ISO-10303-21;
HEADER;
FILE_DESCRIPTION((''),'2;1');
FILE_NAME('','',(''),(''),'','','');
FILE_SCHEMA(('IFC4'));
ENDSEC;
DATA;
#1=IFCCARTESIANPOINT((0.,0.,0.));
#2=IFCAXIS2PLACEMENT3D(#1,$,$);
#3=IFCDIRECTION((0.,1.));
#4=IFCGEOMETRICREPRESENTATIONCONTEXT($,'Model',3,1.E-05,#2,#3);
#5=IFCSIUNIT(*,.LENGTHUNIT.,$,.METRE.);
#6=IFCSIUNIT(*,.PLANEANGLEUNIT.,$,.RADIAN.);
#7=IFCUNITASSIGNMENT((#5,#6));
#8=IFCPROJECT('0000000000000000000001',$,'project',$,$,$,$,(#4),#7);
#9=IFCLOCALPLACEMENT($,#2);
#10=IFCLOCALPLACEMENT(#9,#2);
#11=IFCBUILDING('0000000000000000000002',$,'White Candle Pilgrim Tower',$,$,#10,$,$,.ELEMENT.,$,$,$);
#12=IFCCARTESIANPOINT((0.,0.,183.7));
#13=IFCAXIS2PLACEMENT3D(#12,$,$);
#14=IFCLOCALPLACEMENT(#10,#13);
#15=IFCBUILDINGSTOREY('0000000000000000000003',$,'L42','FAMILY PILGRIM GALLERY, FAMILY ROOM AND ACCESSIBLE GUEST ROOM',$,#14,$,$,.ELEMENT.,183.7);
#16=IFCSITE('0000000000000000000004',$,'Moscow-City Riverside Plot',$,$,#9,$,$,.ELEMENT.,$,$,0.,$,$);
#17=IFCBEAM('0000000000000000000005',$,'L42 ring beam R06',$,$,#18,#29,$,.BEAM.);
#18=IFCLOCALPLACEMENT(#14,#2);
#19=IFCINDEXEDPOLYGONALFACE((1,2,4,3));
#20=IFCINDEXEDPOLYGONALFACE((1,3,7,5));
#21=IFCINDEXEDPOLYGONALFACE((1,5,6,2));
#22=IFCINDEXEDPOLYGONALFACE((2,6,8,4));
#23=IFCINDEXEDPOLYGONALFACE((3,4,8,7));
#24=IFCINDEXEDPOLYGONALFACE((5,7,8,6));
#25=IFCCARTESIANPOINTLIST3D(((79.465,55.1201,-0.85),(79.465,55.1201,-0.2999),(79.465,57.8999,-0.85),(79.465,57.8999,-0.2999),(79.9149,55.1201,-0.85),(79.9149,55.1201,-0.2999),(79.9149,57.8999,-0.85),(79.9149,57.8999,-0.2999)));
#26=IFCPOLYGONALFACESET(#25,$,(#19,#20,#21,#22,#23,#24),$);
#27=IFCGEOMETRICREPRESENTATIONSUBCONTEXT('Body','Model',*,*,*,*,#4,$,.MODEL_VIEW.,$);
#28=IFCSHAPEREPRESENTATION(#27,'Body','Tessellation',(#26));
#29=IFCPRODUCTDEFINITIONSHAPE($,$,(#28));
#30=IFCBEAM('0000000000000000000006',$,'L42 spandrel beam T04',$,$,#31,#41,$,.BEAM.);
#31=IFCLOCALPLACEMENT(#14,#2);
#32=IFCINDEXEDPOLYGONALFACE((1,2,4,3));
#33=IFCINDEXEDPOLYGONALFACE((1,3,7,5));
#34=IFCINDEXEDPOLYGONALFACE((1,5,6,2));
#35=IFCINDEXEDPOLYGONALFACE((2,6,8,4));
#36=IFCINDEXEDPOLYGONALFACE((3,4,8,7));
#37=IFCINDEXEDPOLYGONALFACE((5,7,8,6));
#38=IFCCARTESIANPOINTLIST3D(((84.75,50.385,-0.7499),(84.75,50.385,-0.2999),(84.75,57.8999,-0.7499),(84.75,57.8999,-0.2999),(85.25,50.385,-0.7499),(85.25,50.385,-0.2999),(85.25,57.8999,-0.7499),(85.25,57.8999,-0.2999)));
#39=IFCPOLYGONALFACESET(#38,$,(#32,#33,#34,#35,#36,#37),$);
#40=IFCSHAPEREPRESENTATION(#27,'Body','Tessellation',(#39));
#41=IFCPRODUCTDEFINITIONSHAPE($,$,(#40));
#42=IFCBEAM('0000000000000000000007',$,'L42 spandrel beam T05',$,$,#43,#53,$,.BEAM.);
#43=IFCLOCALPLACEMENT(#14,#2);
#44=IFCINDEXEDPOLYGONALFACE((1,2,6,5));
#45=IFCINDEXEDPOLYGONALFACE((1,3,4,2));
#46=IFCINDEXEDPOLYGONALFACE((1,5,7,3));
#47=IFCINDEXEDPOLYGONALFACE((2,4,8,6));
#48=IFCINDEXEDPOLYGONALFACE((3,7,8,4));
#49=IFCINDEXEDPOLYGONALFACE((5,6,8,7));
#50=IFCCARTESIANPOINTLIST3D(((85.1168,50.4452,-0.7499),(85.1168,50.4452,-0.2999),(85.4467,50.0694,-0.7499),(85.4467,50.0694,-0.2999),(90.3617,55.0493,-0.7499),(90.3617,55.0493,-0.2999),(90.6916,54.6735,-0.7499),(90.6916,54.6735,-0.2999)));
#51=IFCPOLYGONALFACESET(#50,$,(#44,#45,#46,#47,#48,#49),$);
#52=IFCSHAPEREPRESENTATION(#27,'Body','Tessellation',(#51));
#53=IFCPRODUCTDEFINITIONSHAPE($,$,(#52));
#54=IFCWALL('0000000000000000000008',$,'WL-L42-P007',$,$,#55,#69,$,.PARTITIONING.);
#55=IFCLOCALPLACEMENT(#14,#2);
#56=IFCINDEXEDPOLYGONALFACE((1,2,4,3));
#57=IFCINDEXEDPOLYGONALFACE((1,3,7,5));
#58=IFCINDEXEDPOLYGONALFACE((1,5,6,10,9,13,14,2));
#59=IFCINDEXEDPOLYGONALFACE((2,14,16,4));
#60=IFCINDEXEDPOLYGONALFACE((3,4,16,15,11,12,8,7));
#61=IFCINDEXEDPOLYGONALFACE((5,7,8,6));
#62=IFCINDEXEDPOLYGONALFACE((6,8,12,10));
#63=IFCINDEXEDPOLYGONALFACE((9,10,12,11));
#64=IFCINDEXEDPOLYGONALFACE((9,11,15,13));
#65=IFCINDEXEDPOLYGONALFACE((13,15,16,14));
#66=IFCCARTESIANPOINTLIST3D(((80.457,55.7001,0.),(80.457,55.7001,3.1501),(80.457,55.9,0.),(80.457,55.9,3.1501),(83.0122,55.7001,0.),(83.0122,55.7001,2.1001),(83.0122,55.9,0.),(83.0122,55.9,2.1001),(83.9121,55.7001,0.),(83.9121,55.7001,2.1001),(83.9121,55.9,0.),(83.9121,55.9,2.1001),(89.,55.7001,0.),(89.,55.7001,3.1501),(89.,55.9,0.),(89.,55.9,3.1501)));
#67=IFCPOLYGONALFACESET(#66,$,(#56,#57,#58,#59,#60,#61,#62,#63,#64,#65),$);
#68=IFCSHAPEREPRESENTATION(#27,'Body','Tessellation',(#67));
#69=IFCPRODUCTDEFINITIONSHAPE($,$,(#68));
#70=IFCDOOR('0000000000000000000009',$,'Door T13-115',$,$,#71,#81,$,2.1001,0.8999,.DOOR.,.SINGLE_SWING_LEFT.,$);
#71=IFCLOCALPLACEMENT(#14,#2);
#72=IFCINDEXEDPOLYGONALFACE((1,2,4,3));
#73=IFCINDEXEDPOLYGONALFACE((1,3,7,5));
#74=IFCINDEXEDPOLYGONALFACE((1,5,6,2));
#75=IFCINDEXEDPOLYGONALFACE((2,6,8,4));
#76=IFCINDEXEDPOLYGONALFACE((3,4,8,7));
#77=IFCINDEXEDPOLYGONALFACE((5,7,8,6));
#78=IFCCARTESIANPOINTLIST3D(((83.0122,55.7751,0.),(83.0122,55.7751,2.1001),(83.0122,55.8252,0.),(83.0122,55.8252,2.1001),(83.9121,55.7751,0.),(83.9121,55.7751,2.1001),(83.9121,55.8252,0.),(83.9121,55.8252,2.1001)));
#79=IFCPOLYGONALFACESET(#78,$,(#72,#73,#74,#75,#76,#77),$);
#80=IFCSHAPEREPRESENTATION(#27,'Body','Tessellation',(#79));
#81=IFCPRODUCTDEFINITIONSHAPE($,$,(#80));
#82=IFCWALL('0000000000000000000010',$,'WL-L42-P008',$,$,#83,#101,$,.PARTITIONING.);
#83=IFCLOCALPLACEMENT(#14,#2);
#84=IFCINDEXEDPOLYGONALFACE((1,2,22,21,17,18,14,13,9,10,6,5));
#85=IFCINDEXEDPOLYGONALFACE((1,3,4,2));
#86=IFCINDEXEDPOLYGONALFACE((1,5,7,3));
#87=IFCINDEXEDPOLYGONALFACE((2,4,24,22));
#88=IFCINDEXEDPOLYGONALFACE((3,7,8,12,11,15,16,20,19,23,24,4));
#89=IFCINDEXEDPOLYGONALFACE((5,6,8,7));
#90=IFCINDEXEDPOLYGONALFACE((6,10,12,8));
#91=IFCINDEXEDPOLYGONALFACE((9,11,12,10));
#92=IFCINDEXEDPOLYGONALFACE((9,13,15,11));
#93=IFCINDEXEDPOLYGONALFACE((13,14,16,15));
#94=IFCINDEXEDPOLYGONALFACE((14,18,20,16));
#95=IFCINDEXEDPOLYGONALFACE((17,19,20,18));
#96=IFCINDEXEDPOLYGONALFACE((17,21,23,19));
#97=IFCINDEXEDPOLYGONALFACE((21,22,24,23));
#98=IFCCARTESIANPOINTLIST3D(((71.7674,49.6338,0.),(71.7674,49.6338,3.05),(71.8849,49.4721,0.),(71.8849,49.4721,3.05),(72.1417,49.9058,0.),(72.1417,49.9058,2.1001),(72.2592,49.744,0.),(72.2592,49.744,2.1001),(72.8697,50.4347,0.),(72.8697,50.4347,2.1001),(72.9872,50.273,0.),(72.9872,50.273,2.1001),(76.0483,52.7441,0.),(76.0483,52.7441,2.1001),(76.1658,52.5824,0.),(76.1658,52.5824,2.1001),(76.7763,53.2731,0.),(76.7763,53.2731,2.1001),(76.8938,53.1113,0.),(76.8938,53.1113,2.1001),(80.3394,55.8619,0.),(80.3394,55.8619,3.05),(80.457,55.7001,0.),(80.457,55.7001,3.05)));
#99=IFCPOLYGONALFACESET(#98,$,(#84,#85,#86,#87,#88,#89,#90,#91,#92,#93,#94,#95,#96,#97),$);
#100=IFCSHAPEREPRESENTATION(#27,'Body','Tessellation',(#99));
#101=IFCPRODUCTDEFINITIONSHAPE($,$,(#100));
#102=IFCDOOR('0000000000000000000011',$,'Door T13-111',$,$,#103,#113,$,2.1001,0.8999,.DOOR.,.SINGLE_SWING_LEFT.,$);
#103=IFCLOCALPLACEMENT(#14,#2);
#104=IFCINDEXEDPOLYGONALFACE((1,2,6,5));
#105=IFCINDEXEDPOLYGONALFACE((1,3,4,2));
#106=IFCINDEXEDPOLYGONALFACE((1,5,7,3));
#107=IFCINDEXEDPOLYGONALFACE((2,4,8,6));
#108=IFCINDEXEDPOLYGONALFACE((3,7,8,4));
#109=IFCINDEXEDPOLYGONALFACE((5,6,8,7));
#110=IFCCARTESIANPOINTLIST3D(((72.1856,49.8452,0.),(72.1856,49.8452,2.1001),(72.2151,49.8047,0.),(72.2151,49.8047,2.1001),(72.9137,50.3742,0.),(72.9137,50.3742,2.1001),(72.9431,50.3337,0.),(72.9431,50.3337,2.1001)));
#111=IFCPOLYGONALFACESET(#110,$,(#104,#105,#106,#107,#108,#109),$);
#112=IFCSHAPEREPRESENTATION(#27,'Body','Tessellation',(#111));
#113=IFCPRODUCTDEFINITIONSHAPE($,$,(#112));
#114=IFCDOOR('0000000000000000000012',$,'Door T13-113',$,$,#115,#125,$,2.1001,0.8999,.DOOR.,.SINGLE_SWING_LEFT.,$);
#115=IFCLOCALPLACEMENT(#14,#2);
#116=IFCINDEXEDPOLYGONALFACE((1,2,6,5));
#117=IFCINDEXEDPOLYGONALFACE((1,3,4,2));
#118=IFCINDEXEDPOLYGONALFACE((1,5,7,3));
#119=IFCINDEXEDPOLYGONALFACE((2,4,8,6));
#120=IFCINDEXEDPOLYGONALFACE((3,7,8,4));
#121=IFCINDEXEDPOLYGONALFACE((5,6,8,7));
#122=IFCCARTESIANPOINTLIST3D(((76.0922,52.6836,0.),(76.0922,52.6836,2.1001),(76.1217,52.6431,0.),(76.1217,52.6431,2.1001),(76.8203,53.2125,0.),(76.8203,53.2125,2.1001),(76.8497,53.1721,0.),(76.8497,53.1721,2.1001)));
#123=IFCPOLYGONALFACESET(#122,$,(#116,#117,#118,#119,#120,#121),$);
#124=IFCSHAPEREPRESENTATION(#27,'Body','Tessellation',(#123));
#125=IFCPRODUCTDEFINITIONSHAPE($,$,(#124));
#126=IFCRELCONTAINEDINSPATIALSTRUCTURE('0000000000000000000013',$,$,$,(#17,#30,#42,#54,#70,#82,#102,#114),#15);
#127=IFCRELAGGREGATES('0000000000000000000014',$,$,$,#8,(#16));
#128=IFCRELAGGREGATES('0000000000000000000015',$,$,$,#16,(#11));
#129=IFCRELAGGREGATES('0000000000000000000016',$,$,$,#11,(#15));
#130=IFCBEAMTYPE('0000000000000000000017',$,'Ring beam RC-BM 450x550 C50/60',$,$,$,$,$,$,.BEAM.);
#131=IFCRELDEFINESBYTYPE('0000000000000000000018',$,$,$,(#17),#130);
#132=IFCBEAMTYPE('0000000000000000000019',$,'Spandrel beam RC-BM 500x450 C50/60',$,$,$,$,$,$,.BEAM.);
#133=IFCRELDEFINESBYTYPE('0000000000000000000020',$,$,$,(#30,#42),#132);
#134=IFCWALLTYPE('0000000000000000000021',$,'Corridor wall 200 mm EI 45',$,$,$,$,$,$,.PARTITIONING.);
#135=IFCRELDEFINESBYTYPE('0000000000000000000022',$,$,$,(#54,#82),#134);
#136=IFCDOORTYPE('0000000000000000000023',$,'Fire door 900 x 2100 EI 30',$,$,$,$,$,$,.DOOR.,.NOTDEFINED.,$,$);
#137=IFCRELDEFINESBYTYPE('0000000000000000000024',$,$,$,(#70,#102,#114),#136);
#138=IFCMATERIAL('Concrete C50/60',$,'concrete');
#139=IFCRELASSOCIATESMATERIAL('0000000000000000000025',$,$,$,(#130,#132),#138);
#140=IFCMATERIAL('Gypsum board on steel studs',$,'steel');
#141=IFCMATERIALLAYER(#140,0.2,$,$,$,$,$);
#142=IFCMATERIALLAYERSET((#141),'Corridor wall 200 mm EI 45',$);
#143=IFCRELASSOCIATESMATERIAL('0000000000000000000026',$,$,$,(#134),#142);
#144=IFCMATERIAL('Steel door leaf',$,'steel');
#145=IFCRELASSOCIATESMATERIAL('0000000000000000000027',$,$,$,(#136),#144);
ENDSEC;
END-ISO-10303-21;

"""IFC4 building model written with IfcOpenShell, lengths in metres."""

from ifc_helpers import new_model, si_unit, direction, frame, frame_2d, origin, origin_2d, place, context, subcontext, project, spatial, rectangle, extrude, material, layer, layer_set, material_profile, profile_set, type_object, element, fill, save


model = new_model("IFC4")

# Units and contexts
model_context = context("Model", 3, precision=1e-05, world=origin(), true_north=direction((0.0, 1.0)))
body_context = subcontext(model_context, "Body", "Model", "MODEL_VIEW")
ifc_project = project(units=[si_unit("LENGTHUNIT", "METRE"), si_unit("PLANEANGLEUNIT", "RADIAN")], contexts=[model_context])

# Site, building, storey
site_placement = place(None, origin())
site = spatial("IfcSite", under=ifc_project, at=site_placement, Name="Moscow-City Riverside Plot", CompositionType="ELEMENT", RefElevation=0.0)
building_placement = place(site_placement, origin())
building = spatial("IfcBuilding", under=site, at=building_placement, Name="White Candle Pilgrim Tower", CompositionType="ELEMENT")
storey_placement = place(building_placement, frame((0.0, 0.0, 183.7)))
storey = spatial("IfcBuildingStorey", under=building, at=storey_placement, Name="L42", Description="FAMILY PILGRIM GALLERY, FAMILY ROOM AND ACCESSIBLE GUEST ROOM", CompositionType="ELEMENT", Elevation=183.7)

# Beams
ifc_material_1 = material(Name="Concrete C50/60", Category="concrete")
ifc_material_profile_1 = material_profile(ifc_material_1, rectangle(XDim=0.45, YDim=0.55, at=origin_2d()), Name="RC-BM 450x550")
ifc_profile_set_1 = profile_set([ifc_material_profile_1], Name="Concrete C50/60")
beam_type_1 = type_object("IfcBeamType", Name="Ring beam RC-BM 450x550 C50/60", PredefinedType="BEAM", material=ifc_profile_set_1)
beam_1_placement = place(storey_placement, frame((79.6899, 55.1201, -0.575), z_axis=(0.0, 1.0, 0.0), x_axis=(-1.0, 0.0, 0.0)))
element("IfcBeam", 1, at=beam_1_placement, inside=storey, type_object=beam_type_1, Name="L42 ring beam R06", PredefinedType="BEAM", context=body_context, shape_type="SweptSolid", body=[
    extrude(rectangle(XDim=0.45, YDim=0.55, at=origin_2d()), origin(), (0.0, 0.0, 1.0), 2.7798),
])
ifc_material_profile_2 = material_profile(ifc_material_1, rectangle(XDim=0.5, YDim=0.45, at=origin_2d()), Name="RC-BM 500x450")
ifc_profile_set_2 = profile_set([ifc_material_profile_2], Name="Concrete C50/60")
beam_type_2 = type_object("IfcBeamType", Name="Spandrel beam RC-BM 500x450 C50/60", PredefinedType="BEAM", material=ifc_profile_set_2)
beam_2_placement = place(storey_placement, frame((85.0, 50.385, -0.5249), z_axis=(0.0, 1.0, 0.0), x_axis=(-1.0, 0.0, 0.0)))
element("IfcBeam", 2, at=beam_2_placement, inside=storey, type_object=beam_type_2, Name="L42 spandrel beam T04", PredefinedType="BEAM", context=body_context, shape_type="SweptSolid", body=[
    extrude(rectangle(XDim=0.5, YDim=0.45, at=origin_2d()), origin(), (0.0, 0.0, 1.0), 7.5149),
])
beam_3_placement = place(storey_placement, frame((85.2817, 50.2573, -0.5249), z_axis=(0.751529, 0.6597, 0.0), x_axis=(-0.6597, 0.751529, 0.0)))
element("IfcBeam", 3, at=beam_3_placement, inside=storey, type_object=beam_type_2, Name="L42 spandrel beam T05", PredefinedType="BEAM", context=body_context, shape_type="SweptSolid", body=[
    extrude(rectangle(XDim=0.5, YDim=0.45, at=origin_2d()), origin(), (0.0, 0.0, 1.0), 6.979),
])

# Wall, opening, door
ifc_material_2 = material(Name="Gypsum board on steel studs", Category="steel")
ifc_layer_1 = layer(ifc_material_2, 0.2)
ifc_layer_set_1 = layer_set([ifc_layer_1], Name="Corridor wall 200 mm EI 45")
wall_type_1 = type_object("IfcWallType", Name="Corridor wall 200 mm EI 45", PredefinedType="PARTITIONING", material=ifc_layer_set_1)
wall_1_placement = place(storey_placement, frame((89.0, 55.8, 0.0), z_axis=(0.0, 0.0, 1.0), x_axis=(-1.0, 0.0, 0.0)))
wall_1 = element("IfcWall", 4, at=wall_1_placement, inside=storey, type_object=wall_type_1, Name="WL-L42-P007", PredefinedType="PARTITIONING", context=body_context, shape_type="SweptSolid", body=[
    extrude(rectangle(XDim=8.543, YDim=0.2, at=frame_2d((4.2715, 0.0))), origin(), (0.0, 0.0, 1.0), 3.1501),
])
opening_1_placement = place(wall_1_placement, frame((5.0879, 0.0, 0.0)))
opening_1 = element("IfcOpeningElement", 5, at=opening_1_placement, cuts=wall_1, PredefinedType="OPENING", context=body_context, shape_type="SweptSolid", body=[
    extrude(rectangle(XDim=0.8999, YDim=2.1001, at=frame_2d((0.45, 1.05))), frame((0.0, 0.1099, 0.0), z_axis=(0.0, -1.0, 0.0), x_axis=(1.0, 0.0, 0.0)), (0.0, 0.0, 1.0), 0.22),
])
ifc_material_3 = material(Name="Steel door leaf", Category="steel")
door_type_1 = type_object("IfcDoorType", Name="Fire door 900 x 2100 EI 30", OperationType="NOTDEFINED", PredefinedType="DOOR", material=ifc_material_3)
door_1_placement = place(opening_1_placement, origin())
door_1 = element("IfcDoor", 6, at=door_1_placement, inside=storey, type_object=door_type_1, Name="Door T13-115", OperationType="SINGLE_SWING_LEFT", OverallHeight=2.1001, OverallWidth=0.8999, PredefinedType="DOOR", context=body_context, shape_type="SweptSolid", body=[
    extrude(rectangle(XDim=0.8999, YDim=2.1001, at=frame_2d((0.45, 1.05))), frame((0.0, 0.0249, 0.0), z_axis=(0.0, -1.0, 0.0), x_axis=(1.0, 0.0, 0.0)), (0.0, 0.0, 1.0), 0.05),
])
fill(opening_1, door_1)

# Wall, openings, doors
wall_2_placement = place(storey_placement, frame((80.3982, 55.781, 0.0), z_axis=(0.0, 0.0, 1.0), x_axis=(-0.809013, -0.587791, 0.0)))
wall_2 = element("IfcWall", 7, at=wall_2_placement, inside=storey, type_object=wall_type_1, Name="WL-L42-P008", PredefinedType="PARTITIONING", context=body_context, shape_type="SweptSolid", body=[
    extrude(rectangle(XDim=10.5957, YDim=0.2, at=frame_2d((5.2979, 0.0))), origin(), (0.0, 0.0, 1.0), 3.05),
])
opening_2_placement = place(wall_2_placement, frame((9.2332, 0.0, 0.0)))
opening_2 = element("IfcOpeningElement", 8, at=opening_2_placement, cuts=wall_2, PredefinedType="OPENING", context=body_context, shape_type="SweptSolid", body=[
    extrude(rectangle(XDim=0.8999, YDim=2.1001, at=frame_2d((0.45, 1.05))), frame((0.0, 0.1099, 0.0), z_axis=(0.0, -1.0, 0.0), x_axis=(1.0, 0.0, 0.0)), (0.0, 0.0, 1.0), 0.22),
])
opening_3_placement = place(wall_2_placement, frame((4.4043, 0.0, 0.0)))
opening_3 = element("IfcOpeningElement", 9, at=opening_3_placement, cuts=wall_2, PredefinedType="OPENING", context=body_context, shape_type="SweptSolid", body=[
    extrude(rectangle(XDim=0.8999, YDim=2.1001, at=frame_2d((0.45, 1.05))), frame((0.0, 0.1099, 0.0), z_axis=(0.0, -1.0, 0.0), x_axis=(1.0, 0.0, 0.0)), (0.0, 0.0, 1.0), 0.22),
])
door_2_placement = place(opening_2_placement, origin())
door_2 = element("IfcDoor", 10, at=door_2_placement, inside=storey, type_object=door_type_1, Name="Door T13-111", OperationType="SINGLE_SWING_LEFT", OverallHeight=2.1001, OverallWidth=0.8999, PredefinedType="DOOR", context=body_context, shape_type="SweptSolid", body=[
    extrude(rectangle(XDim=0.8999, YDim=2.1001, at=frame_2d((0.45, 1.05))), frame((0.0, 0.0249, 0.0), z_axis=(0.0, -1.0, 0.0), x_axis=(1.0, 0.0, 0.0)), (0.0, 0.0, 1.0), 0.05),
])
fill(opening_2, door_2)
door_3_placement = place(opening_3_placement, origin())
door_3 = element("IfcDoor", 11, at=door_3_placement, inside=storey, type_object=door_type_1, Name="Door T13-113", OperationType="SINGLE_SWING_LEFT", OverallHeight=2.1001, OverallWidth=0.8999, PredefinedType="DOOR", context=body_context, shape_type="SweptSolid", body=[
    extrude(rectangle(XDim=0.8999, YDim=2.1001, at=frame_2d((0.45, 1.05))), frame((0.0, 0.0249, 0.0), z_axis=(0.0, -1.0, 0.0), x_axis=(1.0, 0.0, 0.0)), (0.0, 0.0, 1.0), 0.05),
])
fill(opening_3, door_3)

save(model, "model.ifc")
